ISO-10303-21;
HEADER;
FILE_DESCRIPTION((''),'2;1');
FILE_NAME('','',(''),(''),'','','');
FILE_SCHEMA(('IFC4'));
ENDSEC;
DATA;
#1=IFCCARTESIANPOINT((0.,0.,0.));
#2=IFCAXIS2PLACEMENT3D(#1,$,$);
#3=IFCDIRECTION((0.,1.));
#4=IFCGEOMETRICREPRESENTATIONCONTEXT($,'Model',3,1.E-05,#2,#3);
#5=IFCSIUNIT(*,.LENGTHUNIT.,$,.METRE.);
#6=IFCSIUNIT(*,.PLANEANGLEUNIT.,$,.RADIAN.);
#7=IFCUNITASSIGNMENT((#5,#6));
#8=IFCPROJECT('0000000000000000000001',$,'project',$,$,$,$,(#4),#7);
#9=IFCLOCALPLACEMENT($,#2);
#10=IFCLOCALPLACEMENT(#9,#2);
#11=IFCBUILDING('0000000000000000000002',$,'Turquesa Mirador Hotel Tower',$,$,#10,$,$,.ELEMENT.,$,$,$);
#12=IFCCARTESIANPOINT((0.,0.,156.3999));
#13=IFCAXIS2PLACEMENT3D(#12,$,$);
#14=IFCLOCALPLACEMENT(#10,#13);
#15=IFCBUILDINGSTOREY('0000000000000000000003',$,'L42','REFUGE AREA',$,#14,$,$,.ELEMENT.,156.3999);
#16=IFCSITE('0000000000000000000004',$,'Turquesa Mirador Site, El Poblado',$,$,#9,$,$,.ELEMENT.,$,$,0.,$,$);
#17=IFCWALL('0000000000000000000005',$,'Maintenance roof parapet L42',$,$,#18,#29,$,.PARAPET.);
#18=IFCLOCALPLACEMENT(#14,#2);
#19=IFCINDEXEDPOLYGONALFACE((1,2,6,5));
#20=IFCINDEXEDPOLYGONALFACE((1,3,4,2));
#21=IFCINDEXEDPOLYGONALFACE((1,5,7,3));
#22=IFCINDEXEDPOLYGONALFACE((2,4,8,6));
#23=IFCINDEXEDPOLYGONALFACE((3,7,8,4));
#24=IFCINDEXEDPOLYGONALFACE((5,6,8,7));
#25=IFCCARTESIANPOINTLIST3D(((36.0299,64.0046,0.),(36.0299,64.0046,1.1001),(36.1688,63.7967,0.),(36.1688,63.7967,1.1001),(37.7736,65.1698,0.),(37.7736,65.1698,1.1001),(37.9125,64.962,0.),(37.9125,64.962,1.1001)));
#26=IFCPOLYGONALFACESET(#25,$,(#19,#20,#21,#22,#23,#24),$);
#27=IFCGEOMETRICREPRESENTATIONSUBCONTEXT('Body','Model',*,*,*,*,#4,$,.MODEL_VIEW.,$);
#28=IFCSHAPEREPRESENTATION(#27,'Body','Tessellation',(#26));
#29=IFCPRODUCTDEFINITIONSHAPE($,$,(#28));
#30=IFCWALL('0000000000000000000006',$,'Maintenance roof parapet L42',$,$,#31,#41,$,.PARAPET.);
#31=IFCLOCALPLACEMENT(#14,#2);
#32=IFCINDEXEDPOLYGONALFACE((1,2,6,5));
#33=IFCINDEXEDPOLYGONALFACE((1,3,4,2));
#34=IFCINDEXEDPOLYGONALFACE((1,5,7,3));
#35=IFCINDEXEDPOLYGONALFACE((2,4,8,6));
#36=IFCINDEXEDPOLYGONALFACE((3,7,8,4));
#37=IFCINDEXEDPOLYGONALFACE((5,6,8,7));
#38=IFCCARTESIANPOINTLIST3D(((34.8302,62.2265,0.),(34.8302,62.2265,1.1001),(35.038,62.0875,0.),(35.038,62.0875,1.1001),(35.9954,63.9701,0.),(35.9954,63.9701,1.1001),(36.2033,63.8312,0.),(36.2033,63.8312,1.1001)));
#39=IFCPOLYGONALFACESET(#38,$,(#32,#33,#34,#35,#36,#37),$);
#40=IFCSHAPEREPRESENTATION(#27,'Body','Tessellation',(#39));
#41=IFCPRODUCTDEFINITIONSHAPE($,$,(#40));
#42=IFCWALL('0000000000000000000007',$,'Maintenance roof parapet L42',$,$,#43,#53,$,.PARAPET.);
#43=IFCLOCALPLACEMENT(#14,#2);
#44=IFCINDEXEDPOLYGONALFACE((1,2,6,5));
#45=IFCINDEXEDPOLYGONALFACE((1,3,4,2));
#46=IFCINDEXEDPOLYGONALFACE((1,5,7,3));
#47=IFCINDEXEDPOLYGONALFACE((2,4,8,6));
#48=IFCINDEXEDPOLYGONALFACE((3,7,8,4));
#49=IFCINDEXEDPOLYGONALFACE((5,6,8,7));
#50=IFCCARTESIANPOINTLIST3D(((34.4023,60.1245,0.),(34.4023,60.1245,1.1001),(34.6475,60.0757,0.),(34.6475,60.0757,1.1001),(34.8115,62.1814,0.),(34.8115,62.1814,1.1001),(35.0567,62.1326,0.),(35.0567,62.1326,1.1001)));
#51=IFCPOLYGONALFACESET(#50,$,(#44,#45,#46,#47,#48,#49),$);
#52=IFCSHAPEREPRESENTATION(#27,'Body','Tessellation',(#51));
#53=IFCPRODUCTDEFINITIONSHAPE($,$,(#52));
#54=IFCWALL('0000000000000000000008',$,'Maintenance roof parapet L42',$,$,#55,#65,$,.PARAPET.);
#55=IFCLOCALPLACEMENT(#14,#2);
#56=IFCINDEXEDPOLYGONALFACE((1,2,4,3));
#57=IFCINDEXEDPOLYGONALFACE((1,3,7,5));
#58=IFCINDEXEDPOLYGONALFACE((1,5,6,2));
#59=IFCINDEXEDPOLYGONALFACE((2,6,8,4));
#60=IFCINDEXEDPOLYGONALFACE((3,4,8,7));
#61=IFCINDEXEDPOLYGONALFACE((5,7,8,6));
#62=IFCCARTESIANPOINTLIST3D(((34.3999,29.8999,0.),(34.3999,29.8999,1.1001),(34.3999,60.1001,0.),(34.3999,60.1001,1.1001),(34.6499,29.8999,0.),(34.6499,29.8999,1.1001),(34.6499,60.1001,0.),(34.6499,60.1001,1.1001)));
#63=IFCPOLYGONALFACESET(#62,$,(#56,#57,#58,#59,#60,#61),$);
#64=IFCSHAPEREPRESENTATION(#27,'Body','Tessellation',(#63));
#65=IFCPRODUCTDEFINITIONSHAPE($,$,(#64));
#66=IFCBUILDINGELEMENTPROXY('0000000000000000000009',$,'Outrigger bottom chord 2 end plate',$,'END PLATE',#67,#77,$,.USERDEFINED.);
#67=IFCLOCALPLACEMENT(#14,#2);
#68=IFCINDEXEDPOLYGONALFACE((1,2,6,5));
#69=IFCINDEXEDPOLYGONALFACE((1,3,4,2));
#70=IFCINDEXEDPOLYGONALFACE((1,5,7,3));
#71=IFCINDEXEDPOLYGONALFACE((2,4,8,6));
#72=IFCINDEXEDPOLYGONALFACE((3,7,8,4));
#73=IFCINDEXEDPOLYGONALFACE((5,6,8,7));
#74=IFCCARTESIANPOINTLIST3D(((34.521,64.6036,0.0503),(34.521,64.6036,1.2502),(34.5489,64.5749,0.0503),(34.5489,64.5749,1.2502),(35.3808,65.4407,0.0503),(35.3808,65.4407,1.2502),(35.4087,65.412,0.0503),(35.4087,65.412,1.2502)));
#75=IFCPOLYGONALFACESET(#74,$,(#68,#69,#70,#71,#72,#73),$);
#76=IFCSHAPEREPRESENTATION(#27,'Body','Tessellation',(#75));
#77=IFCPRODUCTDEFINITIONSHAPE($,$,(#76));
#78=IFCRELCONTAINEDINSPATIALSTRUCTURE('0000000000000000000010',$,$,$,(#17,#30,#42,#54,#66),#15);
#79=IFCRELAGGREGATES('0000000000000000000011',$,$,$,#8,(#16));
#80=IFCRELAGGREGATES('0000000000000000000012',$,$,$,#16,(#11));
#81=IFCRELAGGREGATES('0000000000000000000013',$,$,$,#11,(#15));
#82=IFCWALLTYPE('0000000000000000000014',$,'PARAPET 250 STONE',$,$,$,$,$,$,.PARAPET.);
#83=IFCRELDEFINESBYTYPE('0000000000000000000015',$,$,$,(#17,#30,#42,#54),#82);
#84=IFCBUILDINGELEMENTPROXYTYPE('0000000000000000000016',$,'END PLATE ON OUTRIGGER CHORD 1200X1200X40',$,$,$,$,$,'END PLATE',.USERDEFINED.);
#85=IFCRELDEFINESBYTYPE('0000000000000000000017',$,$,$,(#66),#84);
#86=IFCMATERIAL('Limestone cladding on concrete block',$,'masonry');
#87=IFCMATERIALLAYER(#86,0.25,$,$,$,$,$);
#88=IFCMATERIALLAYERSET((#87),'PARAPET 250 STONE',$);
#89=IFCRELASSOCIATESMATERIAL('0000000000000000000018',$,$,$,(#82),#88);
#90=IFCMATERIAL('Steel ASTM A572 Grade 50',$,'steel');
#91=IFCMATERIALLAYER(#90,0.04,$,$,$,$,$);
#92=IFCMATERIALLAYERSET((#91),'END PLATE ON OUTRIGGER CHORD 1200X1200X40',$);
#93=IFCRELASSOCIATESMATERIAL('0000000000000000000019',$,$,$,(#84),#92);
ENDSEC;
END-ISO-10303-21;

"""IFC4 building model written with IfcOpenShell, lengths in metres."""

from ifc_helpers import new_model, si_unit, direction, frame, frame_2d, origin, origin_2d, place, context, subcontext, project, spatial, rectangle, extrude, material, layer, layer_set, type_object, element, save


model = new_model("IFC4")

# Units and contexts
model_context = context("Model", 3, precision=1e-05, world=origin(), true_north=direction((0.0, 1.0)))
body_context = subcontext(model_context, "Body", "Model", "MODEL_VIEW")
ifc_project = project(units=[si_unit("LENGTHUNIT", "METRE"), si_unit("PLANEANGLEUNIT", "RADIAN")], contexts=[model_context])

# Site, building, storey
site_placement = place(None, origin())
site = spatial("IfcSite", under=ifc_project, at=site_placement, Name="Turquesa Mirador Site, El Poblado", CompositionType="ELEMENT", RefElevation=0.0)
building_placement = place(site_placement, origin())
building = spatial("IfcBuilding", under=site, at=building_placement, Name="Turquesa Mirador Hotel Tower", CompositionType="ELEMENT")
storey_placement = place(building_placement, frame((0.0, 0.0, 156.3999)))
storey = spatial("IfcBuildingStorey", under=building, at=storey_placement, Name="L42", Description="REFUGE AREA", CompositionType="ELEMENT", Elevation=156.3999)

# Walls
ifc_material_1 = material(Name="Limestone cladding on concrete block", Category="masonry")
ifc_layer_1 = layer(ifc_material_1, 0.25)
ifc_layer_set_1 = layer_set([ifc_layer_1], Name="PARAPET 250 STONE")
wall_type_1 = type_object("IfcWallType", Name="PARAPET 250 STONE", PredefinedType="PARAPET", material=ifc_layer_set_1)
for number, where, z_axis, x_axis, name in (
    (1, (37.843, 65.0659, 0.0), (0.0, 0.0, 1.0), (-0.831423, -0.55564, 0.0), "Maintenance roof parapet L42"),
    (2, (36.0994, 63.9006, 0.0), (0.0, 0.0, 1.0), (-0.55564, -0.831423, 0.0), "Maintenance roof parapet L42"),
    (3, (34.9341, 62.157, 0.0), (0.0, 0.0, 1.0), (-0.195109, -0.980782, 0.0), "Maintenance roof parapet L42"),
):
    element("IfcWall", number, at=place(storey_placement, frame(where, z_axis=z_axis, x_axis=x_axis)), inside=storey, type_object=wall_type_1, Name=name, PredefinedType="PARAPET", context=body_context, shape_type="SweptSolid", body=[
        extrude(rectangle(XDim=2.0972, YDim=0.25, at=frame_2d((1.0486, 0.0))), origin(), (0.0, 0.0, 1.0), 1.1001),
    ])
wall_1_placement = place(storey_placement, frame((34.5249, 60.1001, 0.0), z_axis=(0.0, 0.0, 1.0), x_axis=(0.0, -1.0, 0.0)))
element("IfcWall", 4, at=wall_1_placement, inside=storey, type_object=wall_type_1, Name="Maintenance roof parapet L42", PredefinedType="PARAPET", context=body_context, shape_type="SweptSolid", body=[
    extrude(rectangle(XDim=30.2002, YDim=0.25, at=frame_2d((15.1001, 0.0))), origin(), (0.0, 0.0, 1.0), 1.1001),
])

# Building element proxy
ifc_material_2 = material(Name="Steel ASTM A572 Grade 50", Category="steel")
ifc_layer_2 = layer(ifc_material_2, 0.04)
ifc_layer_set_2 = layer_set([ifc_layer_2], Name="END PLATE ON OUTRIGGER CHORD 1200X1200X40")
building_element_proxy_type = type_object("IfcBuildingElementProxyType", Name="END PLATE ON OUTRIGGER CHORD 1200X1200X40", ElementType="END PLATE", PredefinedType="USERDEFINED", material=ifc_layer_set_2)
proxy_placement = place(storey_placement, frame((34.9648, 65.0078, 0.0503), z_axis=(0.0, 0.0, 1.0), x_axis=(-0.697568, 0.716518, 0.0)))
element("IfcBuildingElementProxy", 5, at=proxy_placement, inside=storey, type_object=building_element_proxy_type, Name="Outrigger bottom chord 2 end plate", ObjectType="END PLATE", PredefinedType="USERDEFINED", context=body_context, shape_type="SweptSolid", body=[
    extrude(rectangle(XDim=0.04, YDim=1.2, at=origin_2d()), origin(), (0.0, 0.0, 1.0), 1.2),
])

save(model, "model.ifc")
